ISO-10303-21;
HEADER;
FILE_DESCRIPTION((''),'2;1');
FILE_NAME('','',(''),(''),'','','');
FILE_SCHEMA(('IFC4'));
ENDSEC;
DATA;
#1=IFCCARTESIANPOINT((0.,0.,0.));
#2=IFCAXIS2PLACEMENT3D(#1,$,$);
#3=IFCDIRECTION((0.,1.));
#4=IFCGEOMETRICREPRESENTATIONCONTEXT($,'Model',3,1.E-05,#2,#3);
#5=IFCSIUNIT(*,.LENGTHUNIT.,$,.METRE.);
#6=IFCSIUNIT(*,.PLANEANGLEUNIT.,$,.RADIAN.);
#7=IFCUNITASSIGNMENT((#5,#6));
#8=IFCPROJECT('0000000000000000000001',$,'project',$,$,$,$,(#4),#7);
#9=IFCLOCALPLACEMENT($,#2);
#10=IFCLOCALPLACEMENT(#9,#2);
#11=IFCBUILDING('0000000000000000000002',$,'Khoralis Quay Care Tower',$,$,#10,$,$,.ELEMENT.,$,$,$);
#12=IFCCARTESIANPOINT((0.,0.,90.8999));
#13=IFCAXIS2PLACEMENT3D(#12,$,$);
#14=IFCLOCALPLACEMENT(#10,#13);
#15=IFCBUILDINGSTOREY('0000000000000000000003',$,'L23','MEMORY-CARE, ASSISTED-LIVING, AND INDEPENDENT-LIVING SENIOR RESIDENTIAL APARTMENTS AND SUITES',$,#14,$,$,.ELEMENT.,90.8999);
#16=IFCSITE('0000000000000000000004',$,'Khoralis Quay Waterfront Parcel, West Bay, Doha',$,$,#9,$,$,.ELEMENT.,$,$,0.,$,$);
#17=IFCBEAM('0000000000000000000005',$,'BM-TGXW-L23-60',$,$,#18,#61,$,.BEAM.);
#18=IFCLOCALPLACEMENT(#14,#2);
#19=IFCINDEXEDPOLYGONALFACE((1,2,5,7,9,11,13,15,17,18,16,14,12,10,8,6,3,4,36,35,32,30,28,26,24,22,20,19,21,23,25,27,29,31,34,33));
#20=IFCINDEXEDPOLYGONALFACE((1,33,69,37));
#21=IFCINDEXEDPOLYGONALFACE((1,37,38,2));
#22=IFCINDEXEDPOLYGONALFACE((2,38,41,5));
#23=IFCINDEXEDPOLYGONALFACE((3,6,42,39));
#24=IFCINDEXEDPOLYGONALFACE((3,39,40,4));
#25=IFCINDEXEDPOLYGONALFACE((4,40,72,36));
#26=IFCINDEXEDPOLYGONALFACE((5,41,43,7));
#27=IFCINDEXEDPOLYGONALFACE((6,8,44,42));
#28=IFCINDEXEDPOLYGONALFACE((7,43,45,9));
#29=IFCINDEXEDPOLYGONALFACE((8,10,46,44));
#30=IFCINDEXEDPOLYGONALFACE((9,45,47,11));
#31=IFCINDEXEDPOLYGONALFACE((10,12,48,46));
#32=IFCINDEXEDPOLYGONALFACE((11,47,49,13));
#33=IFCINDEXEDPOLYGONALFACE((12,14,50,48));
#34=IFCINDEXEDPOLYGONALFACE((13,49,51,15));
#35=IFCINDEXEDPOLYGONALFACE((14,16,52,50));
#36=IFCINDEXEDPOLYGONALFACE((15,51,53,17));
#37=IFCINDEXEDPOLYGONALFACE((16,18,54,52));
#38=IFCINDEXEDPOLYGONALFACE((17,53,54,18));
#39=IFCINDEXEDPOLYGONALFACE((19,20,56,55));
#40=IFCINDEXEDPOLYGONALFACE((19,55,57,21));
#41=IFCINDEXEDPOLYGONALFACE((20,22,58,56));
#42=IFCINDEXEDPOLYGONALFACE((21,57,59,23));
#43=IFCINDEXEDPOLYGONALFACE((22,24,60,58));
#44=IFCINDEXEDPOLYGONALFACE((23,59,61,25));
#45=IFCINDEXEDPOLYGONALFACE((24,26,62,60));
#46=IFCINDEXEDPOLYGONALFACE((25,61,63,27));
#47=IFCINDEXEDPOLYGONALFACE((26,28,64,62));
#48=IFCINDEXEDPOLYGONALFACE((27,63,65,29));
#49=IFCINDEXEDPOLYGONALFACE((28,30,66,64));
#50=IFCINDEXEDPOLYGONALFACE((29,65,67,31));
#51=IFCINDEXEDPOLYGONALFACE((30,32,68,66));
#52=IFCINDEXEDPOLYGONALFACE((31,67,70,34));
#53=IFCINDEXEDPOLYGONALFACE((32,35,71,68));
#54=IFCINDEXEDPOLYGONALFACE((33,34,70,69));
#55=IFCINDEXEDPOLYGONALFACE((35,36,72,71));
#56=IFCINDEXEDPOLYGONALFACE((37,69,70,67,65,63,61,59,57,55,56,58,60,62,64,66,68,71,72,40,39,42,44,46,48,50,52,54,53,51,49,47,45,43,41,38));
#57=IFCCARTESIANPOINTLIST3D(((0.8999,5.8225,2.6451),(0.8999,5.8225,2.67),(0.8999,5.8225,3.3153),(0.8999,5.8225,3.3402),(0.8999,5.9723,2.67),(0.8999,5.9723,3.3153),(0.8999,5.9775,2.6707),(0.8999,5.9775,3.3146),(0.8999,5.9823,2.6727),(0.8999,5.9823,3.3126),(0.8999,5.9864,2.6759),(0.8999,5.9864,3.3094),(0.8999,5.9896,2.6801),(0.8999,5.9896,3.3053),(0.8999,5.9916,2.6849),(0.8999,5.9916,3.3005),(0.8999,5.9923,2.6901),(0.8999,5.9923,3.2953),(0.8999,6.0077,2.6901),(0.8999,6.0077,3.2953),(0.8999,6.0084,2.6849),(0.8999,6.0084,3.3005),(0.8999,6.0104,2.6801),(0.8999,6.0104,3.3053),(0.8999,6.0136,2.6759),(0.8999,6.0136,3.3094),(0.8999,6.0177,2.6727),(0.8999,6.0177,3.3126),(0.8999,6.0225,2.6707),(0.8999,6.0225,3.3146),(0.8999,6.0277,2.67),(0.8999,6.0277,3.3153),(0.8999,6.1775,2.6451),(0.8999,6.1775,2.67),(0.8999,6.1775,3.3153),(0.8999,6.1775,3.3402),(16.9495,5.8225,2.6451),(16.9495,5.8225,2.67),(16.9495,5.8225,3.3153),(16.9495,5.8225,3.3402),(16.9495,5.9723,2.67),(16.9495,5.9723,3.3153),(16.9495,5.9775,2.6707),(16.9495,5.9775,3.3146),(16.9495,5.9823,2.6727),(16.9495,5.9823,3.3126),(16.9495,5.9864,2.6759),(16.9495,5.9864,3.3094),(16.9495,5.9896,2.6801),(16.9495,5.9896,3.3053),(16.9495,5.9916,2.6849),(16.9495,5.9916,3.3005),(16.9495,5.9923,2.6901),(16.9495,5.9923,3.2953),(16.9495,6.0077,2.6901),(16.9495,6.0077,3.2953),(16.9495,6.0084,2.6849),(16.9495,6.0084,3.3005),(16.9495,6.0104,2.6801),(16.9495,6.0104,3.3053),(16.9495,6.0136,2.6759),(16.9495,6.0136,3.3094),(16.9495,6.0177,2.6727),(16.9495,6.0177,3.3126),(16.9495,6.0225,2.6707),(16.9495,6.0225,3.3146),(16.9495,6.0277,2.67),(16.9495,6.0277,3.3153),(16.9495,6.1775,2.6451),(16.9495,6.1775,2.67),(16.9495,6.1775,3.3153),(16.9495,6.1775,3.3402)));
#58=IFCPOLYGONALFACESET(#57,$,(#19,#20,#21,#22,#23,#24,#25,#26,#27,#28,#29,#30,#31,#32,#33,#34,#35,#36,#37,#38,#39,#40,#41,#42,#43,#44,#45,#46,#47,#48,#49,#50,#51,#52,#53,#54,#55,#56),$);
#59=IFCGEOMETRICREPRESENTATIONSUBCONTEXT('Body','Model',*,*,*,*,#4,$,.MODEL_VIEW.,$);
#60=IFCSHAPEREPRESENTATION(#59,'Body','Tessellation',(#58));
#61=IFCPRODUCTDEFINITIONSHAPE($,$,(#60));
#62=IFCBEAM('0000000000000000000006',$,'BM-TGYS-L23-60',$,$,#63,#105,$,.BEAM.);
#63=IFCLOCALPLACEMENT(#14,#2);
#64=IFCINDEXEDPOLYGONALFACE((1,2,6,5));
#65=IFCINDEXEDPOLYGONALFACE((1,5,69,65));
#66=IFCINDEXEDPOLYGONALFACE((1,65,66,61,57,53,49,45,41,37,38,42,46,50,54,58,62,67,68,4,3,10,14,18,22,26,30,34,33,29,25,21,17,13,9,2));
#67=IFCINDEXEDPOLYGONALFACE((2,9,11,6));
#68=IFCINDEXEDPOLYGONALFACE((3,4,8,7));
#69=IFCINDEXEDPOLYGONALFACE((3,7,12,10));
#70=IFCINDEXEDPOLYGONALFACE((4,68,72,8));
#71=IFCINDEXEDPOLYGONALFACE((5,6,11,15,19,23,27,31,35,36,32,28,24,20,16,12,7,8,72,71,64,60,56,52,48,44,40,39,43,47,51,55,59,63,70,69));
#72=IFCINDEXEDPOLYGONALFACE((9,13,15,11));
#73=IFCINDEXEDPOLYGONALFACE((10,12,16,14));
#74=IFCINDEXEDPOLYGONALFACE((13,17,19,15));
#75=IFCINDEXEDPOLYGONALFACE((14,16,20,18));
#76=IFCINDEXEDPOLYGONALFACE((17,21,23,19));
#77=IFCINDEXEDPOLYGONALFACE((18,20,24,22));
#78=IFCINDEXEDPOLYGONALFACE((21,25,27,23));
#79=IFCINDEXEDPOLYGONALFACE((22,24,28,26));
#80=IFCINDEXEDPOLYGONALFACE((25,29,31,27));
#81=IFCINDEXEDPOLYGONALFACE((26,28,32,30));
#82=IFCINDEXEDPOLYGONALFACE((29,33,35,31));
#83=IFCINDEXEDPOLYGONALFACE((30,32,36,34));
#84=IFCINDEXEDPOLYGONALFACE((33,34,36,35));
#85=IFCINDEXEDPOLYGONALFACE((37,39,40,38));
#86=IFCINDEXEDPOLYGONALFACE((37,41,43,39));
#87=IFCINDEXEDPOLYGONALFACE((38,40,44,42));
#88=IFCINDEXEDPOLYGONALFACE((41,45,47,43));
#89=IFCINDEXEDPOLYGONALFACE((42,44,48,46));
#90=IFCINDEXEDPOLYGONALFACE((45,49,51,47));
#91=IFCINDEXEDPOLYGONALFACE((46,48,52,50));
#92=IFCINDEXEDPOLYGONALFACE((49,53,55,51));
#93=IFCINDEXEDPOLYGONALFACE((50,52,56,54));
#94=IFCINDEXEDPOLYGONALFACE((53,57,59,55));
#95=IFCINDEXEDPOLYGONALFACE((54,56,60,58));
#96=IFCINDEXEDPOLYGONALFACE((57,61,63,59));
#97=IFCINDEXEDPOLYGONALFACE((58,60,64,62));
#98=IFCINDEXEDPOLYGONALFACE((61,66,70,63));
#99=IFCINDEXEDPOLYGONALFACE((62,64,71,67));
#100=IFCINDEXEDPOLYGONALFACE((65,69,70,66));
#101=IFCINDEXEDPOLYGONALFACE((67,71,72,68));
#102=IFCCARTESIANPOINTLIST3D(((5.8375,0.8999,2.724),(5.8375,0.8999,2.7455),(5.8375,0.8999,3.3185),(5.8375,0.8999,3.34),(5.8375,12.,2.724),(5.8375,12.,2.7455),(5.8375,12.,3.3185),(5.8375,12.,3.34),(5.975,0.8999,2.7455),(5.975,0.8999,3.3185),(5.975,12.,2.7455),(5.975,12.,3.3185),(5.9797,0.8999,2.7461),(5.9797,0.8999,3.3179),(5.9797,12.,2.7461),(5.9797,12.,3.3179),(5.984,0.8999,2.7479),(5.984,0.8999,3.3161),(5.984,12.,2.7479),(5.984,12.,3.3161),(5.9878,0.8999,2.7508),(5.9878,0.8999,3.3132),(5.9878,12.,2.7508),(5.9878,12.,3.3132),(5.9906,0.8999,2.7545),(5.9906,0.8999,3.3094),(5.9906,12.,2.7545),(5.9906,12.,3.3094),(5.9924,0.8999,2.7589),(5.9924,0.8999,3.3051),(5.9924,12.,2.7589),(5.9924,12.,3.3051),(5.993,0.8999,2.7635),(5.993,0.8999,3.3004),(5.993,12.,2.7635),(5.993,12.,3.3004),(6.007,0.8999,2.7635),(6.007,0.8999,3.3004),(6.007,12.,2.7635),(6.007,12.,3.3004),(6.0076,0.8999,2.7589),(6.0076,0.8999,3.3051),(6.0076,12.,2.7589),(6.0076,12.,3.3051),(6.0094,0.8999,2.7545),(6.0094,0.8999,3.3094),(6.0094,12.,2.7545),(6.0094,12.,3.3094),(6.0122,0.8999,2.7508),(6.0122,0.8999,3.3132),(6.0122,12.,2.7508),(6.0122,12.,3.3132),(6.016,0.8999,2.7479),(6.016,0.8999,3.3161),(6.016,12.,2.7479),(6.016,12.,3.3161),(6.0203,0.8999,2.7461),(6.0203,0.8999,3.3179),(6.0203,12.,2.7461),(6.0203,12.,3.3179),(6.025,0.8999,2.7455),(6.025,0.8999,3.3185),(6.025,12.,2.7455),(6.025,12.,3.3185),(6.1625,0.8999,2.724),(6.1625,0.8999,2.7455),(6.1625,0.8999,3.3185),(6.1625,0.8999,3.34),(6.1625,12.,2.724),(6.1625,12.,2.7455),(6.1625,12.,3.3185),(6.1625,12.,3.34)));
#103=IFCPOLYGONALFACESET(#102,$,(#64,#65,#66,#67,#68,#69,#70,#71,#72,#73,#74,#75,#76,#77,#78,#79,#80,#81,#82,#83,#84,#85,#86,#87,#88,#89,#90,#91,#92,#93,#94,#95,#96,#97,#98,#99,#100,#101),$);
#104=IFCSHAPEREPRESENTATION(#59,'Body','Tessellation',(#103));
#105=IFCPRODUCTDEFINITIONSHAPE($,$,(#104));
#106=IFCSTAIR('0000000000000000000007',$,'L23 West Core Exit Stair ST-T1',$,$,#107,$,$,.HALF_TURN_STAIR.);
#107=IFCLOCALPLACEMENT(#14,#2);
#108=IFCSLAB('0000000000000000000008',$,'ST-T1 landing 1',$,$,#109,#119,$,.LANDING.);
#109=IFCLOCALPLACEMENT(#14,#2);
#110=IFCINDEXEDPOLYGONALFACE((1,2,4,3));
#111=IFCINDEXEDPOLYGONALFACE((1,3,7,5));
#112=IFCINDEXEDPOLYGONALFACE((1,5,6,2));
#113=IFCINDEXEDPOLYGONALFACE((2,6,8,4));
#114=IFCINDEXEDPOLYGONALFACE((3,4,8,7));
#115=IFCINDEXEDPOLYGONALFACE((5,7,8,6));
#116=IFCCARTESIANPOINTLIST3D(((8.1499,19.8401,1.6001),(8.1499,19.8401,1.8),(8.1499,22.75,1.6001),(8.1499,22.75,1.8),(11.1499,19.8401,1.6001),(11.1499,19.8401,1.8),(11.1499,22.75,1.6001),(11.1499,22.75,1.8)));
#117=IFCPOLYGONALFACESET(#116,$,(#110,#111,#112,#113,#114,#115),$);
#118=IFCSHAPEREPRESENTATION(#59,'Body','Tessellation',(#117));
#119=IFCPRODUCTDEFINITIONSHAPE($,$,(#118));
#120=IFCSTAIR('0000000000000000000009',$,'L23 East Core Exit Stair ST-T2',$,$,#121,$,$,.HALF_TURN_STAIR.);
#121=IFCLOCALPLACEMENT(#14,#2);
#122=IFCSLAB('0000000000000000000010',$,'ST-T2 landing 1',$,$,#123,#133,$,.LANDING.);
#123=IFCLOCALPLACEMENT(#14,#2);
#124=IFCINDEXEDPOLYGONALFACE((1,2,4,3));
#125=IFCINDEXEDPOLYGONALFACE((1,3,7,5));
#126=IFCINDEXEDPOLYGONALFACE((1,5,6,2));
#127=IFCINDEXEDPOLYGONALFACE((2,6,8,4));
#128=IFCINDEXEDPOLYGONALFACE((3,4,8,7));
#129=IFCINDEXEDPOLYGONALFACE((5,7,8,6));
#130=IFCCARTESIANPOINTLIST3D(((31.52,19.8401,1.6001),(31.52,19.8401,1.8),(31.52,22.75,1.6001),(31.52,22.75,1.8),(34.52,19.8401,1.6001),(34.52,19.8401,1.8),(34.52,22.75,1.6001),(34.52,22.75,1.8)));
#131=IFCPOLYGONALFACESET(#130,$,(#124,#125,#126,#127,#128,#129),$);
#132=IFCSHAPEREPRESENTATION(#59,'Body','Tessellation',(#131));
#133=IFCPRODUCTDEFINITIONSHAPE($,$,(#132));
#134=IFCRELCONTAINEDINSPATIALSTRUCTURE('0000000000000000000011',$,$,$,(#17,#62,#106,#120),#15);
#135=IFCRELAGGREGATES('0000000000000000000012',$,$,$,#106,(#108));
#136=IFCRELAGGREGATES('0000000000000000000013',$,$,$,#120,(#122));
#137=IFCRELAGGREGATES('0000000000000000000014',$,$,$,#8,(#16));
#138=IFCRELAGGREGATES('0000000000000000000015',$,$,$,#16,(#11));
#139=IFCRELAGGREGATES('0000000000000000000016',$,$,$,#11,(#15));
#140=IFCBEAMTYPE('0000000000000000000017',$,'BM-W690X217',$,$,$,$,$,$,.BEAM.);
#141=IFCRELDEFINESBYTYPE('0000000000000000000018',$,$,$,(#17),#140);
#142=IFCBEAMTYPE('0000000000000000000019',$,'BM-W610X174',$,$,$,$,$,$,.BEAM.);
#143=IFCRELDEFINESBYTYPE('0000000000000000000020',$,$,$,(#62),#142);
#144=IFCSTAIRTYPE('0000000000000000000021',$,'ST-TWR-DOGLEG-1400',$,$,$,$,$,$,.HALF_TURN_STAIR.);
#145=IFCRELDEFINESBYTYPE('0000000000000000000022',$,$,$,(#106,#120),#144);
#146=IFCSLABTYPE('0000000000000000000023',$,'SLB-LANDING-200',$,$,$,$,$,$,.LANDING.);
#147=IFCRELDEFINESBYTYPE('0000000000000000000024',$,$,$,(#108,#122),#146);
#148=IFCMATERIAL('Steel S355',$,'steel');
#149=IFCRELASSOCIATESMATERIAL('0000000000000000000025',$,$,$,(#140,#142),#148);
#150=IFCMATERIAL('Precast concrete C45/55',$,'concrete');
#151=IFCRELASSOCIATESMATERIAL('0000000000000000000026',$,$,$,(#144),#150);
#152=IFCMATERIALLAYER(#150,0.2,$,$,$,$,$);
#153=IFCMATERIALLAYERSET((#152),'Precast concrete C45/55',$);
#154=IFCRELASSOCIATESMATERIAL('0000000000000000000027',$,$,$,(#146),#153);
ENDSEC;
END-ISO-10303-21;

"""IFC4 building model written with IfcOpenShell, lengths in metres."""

from ifc_helpers import new_model, si_unit, direction, frame, origin, origin_2d, place, context, subcontext, project, spatial, polyline, i_section, outline, extrude, source, transform, mapped, material, layer, layer_set, material_profile, profile_set, type_object, element, aggregate, save


model = new_model("IFC4")

# Units and contexts
model_context = context("Model", 3, precision=1e-05, world=origin(), true_north=direction((0.0, 1.0)))
body_context = subcontext(model_context, "Body", "Model", "MODEL_VIEW")
ifc_project = project(units=[si_unit("LENGTHUNIT", "METRE"), si_unit("PLANEANGLEUNIT", "RADIAN")], contexts=[model_context])

# Site, building, storey
site_placement = place(None, origin())
site = spatial("IfcSite", under=ifc_project, at=site_placement, Name="Khoralis Quay Waterfront Parcel, West Bay, Doha", CompositionType="ELEMENT", RefElevation=0.0)
building_placement = place(site_placement, origin())
building = spatial("IfcBuilding", under=site, at=building_placement, Name="Khoralis Quay Care Tower", CompositionType="ELEMENT")
storey_placement = place(building_placement, frame((0.0, 0.0, 90.8999)))
storey = spatial("IfcBuildingStorey", under=building, at=storey_placement, Name="L23", Description="MEMORY-CARE, ASSISTED-LIVING, AND INDEPENDENT-LIVING SENIOR RESIDENTIAL APARTMENTS AND SUITES", CompositionType="ELEMENT", Elevation=90.8999)

# Beams
ifc_material_1 = material(Name="Steel S355", Category="steel")
ifc_material_profile_1 = material_profile(ifc_material_1, i_section(OverallWidth=0.355, OverallDepth=0.6951, WebThickness=0.0154, FlangeThickness=0.0249, FilletRadius=0.02, at=origin_2d()), Name="Steel S355")
ifc_profile_set_1 = profile_set([ifc_material_profile_1], Name="Steel S355")
beam_type_1 = type_object("IfcBeamType", Name="BM-W690X217", PredefinedType="BEAM", material=ifc_profile_set_1)
shared_shape_1 = source(origin(), body_context, "Body", "SweptSolid", [
    extrude(i_section(OverallWidth=0.355, OverallDepth=0.6951, WebThickness=0.0154, FlangeThickness=0.0249, FilletRadius=0.02, at=origin_2d()), origin(), (0.0, 0.0, 1.0), 16.0496),
])
beam_1_placement = place(storey_placement, frame((0.8999, 6.0, 2.9927), z_axis=(1.0, 0.0, 0.0), x_axis=(0.0, 1.0, 0.0)))
element("IfcBeam", 1, at=beam_1_placement, inside=storey, type_object=beam_type_1, Name="BM-TGXW-L23-60", PredefinedType="BEAM", context=body_context, shape_type="MappedRepresentation", body=[
    mapped(shared_shape_1, transform((0.0, 0.0, 0.0), scale=1.0)),
])
ifc_material_profile_2 = material_profile(ifc_material_1, i_section(OverallWidth=0.325, OverallDepth=0.616, WebThickness=0.0139, FlangeThickness=0.0215, FilletRadius=0.0181, at=origin_2d()), Name="Steel S355")
ifc_profile_set_2 = profile_set([ifc_material_profile_2], Name="Steel S355")
beam_type_2 = type_object("IfcBeamType", Name="BM-W610X174", PredefinedType="BEAM", material=ifc_profile_set_2)
shared_shape_2 = source(origin(), body_context, "Body", "SweptSolid", [
    extrude(i_section(OverallWidth=0.325, OverallDepth=0.616, WebThickness=0.0139, FlangeThickness=0.0215, FilletRadius=0.0181, at=origin_2d()), origin(), (0.0, 0.0, 1.0), 11.1001),
])
beam_2_placement = place(storey_placement, frame((6.0, 0.8999, 3.032), z_axis=(0.0, 1.0, 0.0), x_axis=(-1.0, 0.0, 0.0)))
element("IfcBeam", 2, at=beam_2_placement, inside=storey, type_object=beam_type_2, Name="BM-TGYS-L23-60", PredefinedType="BEAM", context=body_context, shape_type="MappedRepresentation", body=[
    mapped(shared_shape_2, transform((0.0, 0.0, 0.0), scale=1.0)),
])

# Stairs, slabs
ifc_material_2 = material(Name="Precast concrete C45/55", Category="concrete")
stair_type = type_object("IfcStairType", Name="ST-TWR-DOGLEG-1400", PredefinedType="HALF_TURN_STAIR", material=ifc_material_2)
stair_1_placement = place(storey_placement, origin())
stair_1 = element("IfcStair", 3, at=stair_1_placement, inside=storey, type_object=stair_type, Name="L23 West Core Exit Stair ST-T1", PredefinedType="HALF_TURN_STAIR")
ifc_layer_1 = layer(ifc_material_2, 0.2)
ifc_layer_set_1 = layer_set([ifc_layer_1], Name="Precast concrete C45/55")
slab_type_1 = type_object("IfcSlabType", Name="SLB-LANDING-200", PredefinedType="LANDING", material=ifc_layer_set_1)
slab_1_placement = place(storey_placement, frame((0.0, 0.0, 1.6001)))
slab_1 = element("IfcSlab", 4, at=slab_1_placement, type_object=slab_type_1, Name="ST-T1 landing 1", PredefinedType="LANDING", context=body_context, shape_type="SweptSolid", body=[
    extrude(outline(polyline([(11.1499, 19.8401), (11.1499, 22.75), (8.1499, 22.75), (8.1499, 19.8401), (11.1499, 19.8401)])), origin(), (0.0, 0.0, 1.0), 0.2),
])
aggregate(stair_1, [slab_1])
stair_2_placement = place(storey_placement, origin())
stair_2 = element("IfcStair", 5, at=stair_2_placement, inside=storey, type_object=stair_type, Name="L23 East Core Exit Stair ST-T2", PredefinedType="HALF_TURN_STAIR")
slab_2_placement = place(storey_placement, frame((0.0, 0.0, 1.6001)))
slab_2 = element("IfcSlab", 6, at=slab_2_placement, type_object=slab_type_1, Name="ST-T2 landing 1", PredefinedType="LANDING", context=body_context, shape_type="SweptSolid", body=[
    extrude(outline(polyline([(34.52, 19.8401), (34.52, 22.75), (31.52, 22.75), (31.52, 19.8401), (34.52, 19.8401)])), origin(), (0.0, 0.0, 1.0), 0.2),
])
aggregate(stair_2, [slab_2])

save(model, "model.ifc")
